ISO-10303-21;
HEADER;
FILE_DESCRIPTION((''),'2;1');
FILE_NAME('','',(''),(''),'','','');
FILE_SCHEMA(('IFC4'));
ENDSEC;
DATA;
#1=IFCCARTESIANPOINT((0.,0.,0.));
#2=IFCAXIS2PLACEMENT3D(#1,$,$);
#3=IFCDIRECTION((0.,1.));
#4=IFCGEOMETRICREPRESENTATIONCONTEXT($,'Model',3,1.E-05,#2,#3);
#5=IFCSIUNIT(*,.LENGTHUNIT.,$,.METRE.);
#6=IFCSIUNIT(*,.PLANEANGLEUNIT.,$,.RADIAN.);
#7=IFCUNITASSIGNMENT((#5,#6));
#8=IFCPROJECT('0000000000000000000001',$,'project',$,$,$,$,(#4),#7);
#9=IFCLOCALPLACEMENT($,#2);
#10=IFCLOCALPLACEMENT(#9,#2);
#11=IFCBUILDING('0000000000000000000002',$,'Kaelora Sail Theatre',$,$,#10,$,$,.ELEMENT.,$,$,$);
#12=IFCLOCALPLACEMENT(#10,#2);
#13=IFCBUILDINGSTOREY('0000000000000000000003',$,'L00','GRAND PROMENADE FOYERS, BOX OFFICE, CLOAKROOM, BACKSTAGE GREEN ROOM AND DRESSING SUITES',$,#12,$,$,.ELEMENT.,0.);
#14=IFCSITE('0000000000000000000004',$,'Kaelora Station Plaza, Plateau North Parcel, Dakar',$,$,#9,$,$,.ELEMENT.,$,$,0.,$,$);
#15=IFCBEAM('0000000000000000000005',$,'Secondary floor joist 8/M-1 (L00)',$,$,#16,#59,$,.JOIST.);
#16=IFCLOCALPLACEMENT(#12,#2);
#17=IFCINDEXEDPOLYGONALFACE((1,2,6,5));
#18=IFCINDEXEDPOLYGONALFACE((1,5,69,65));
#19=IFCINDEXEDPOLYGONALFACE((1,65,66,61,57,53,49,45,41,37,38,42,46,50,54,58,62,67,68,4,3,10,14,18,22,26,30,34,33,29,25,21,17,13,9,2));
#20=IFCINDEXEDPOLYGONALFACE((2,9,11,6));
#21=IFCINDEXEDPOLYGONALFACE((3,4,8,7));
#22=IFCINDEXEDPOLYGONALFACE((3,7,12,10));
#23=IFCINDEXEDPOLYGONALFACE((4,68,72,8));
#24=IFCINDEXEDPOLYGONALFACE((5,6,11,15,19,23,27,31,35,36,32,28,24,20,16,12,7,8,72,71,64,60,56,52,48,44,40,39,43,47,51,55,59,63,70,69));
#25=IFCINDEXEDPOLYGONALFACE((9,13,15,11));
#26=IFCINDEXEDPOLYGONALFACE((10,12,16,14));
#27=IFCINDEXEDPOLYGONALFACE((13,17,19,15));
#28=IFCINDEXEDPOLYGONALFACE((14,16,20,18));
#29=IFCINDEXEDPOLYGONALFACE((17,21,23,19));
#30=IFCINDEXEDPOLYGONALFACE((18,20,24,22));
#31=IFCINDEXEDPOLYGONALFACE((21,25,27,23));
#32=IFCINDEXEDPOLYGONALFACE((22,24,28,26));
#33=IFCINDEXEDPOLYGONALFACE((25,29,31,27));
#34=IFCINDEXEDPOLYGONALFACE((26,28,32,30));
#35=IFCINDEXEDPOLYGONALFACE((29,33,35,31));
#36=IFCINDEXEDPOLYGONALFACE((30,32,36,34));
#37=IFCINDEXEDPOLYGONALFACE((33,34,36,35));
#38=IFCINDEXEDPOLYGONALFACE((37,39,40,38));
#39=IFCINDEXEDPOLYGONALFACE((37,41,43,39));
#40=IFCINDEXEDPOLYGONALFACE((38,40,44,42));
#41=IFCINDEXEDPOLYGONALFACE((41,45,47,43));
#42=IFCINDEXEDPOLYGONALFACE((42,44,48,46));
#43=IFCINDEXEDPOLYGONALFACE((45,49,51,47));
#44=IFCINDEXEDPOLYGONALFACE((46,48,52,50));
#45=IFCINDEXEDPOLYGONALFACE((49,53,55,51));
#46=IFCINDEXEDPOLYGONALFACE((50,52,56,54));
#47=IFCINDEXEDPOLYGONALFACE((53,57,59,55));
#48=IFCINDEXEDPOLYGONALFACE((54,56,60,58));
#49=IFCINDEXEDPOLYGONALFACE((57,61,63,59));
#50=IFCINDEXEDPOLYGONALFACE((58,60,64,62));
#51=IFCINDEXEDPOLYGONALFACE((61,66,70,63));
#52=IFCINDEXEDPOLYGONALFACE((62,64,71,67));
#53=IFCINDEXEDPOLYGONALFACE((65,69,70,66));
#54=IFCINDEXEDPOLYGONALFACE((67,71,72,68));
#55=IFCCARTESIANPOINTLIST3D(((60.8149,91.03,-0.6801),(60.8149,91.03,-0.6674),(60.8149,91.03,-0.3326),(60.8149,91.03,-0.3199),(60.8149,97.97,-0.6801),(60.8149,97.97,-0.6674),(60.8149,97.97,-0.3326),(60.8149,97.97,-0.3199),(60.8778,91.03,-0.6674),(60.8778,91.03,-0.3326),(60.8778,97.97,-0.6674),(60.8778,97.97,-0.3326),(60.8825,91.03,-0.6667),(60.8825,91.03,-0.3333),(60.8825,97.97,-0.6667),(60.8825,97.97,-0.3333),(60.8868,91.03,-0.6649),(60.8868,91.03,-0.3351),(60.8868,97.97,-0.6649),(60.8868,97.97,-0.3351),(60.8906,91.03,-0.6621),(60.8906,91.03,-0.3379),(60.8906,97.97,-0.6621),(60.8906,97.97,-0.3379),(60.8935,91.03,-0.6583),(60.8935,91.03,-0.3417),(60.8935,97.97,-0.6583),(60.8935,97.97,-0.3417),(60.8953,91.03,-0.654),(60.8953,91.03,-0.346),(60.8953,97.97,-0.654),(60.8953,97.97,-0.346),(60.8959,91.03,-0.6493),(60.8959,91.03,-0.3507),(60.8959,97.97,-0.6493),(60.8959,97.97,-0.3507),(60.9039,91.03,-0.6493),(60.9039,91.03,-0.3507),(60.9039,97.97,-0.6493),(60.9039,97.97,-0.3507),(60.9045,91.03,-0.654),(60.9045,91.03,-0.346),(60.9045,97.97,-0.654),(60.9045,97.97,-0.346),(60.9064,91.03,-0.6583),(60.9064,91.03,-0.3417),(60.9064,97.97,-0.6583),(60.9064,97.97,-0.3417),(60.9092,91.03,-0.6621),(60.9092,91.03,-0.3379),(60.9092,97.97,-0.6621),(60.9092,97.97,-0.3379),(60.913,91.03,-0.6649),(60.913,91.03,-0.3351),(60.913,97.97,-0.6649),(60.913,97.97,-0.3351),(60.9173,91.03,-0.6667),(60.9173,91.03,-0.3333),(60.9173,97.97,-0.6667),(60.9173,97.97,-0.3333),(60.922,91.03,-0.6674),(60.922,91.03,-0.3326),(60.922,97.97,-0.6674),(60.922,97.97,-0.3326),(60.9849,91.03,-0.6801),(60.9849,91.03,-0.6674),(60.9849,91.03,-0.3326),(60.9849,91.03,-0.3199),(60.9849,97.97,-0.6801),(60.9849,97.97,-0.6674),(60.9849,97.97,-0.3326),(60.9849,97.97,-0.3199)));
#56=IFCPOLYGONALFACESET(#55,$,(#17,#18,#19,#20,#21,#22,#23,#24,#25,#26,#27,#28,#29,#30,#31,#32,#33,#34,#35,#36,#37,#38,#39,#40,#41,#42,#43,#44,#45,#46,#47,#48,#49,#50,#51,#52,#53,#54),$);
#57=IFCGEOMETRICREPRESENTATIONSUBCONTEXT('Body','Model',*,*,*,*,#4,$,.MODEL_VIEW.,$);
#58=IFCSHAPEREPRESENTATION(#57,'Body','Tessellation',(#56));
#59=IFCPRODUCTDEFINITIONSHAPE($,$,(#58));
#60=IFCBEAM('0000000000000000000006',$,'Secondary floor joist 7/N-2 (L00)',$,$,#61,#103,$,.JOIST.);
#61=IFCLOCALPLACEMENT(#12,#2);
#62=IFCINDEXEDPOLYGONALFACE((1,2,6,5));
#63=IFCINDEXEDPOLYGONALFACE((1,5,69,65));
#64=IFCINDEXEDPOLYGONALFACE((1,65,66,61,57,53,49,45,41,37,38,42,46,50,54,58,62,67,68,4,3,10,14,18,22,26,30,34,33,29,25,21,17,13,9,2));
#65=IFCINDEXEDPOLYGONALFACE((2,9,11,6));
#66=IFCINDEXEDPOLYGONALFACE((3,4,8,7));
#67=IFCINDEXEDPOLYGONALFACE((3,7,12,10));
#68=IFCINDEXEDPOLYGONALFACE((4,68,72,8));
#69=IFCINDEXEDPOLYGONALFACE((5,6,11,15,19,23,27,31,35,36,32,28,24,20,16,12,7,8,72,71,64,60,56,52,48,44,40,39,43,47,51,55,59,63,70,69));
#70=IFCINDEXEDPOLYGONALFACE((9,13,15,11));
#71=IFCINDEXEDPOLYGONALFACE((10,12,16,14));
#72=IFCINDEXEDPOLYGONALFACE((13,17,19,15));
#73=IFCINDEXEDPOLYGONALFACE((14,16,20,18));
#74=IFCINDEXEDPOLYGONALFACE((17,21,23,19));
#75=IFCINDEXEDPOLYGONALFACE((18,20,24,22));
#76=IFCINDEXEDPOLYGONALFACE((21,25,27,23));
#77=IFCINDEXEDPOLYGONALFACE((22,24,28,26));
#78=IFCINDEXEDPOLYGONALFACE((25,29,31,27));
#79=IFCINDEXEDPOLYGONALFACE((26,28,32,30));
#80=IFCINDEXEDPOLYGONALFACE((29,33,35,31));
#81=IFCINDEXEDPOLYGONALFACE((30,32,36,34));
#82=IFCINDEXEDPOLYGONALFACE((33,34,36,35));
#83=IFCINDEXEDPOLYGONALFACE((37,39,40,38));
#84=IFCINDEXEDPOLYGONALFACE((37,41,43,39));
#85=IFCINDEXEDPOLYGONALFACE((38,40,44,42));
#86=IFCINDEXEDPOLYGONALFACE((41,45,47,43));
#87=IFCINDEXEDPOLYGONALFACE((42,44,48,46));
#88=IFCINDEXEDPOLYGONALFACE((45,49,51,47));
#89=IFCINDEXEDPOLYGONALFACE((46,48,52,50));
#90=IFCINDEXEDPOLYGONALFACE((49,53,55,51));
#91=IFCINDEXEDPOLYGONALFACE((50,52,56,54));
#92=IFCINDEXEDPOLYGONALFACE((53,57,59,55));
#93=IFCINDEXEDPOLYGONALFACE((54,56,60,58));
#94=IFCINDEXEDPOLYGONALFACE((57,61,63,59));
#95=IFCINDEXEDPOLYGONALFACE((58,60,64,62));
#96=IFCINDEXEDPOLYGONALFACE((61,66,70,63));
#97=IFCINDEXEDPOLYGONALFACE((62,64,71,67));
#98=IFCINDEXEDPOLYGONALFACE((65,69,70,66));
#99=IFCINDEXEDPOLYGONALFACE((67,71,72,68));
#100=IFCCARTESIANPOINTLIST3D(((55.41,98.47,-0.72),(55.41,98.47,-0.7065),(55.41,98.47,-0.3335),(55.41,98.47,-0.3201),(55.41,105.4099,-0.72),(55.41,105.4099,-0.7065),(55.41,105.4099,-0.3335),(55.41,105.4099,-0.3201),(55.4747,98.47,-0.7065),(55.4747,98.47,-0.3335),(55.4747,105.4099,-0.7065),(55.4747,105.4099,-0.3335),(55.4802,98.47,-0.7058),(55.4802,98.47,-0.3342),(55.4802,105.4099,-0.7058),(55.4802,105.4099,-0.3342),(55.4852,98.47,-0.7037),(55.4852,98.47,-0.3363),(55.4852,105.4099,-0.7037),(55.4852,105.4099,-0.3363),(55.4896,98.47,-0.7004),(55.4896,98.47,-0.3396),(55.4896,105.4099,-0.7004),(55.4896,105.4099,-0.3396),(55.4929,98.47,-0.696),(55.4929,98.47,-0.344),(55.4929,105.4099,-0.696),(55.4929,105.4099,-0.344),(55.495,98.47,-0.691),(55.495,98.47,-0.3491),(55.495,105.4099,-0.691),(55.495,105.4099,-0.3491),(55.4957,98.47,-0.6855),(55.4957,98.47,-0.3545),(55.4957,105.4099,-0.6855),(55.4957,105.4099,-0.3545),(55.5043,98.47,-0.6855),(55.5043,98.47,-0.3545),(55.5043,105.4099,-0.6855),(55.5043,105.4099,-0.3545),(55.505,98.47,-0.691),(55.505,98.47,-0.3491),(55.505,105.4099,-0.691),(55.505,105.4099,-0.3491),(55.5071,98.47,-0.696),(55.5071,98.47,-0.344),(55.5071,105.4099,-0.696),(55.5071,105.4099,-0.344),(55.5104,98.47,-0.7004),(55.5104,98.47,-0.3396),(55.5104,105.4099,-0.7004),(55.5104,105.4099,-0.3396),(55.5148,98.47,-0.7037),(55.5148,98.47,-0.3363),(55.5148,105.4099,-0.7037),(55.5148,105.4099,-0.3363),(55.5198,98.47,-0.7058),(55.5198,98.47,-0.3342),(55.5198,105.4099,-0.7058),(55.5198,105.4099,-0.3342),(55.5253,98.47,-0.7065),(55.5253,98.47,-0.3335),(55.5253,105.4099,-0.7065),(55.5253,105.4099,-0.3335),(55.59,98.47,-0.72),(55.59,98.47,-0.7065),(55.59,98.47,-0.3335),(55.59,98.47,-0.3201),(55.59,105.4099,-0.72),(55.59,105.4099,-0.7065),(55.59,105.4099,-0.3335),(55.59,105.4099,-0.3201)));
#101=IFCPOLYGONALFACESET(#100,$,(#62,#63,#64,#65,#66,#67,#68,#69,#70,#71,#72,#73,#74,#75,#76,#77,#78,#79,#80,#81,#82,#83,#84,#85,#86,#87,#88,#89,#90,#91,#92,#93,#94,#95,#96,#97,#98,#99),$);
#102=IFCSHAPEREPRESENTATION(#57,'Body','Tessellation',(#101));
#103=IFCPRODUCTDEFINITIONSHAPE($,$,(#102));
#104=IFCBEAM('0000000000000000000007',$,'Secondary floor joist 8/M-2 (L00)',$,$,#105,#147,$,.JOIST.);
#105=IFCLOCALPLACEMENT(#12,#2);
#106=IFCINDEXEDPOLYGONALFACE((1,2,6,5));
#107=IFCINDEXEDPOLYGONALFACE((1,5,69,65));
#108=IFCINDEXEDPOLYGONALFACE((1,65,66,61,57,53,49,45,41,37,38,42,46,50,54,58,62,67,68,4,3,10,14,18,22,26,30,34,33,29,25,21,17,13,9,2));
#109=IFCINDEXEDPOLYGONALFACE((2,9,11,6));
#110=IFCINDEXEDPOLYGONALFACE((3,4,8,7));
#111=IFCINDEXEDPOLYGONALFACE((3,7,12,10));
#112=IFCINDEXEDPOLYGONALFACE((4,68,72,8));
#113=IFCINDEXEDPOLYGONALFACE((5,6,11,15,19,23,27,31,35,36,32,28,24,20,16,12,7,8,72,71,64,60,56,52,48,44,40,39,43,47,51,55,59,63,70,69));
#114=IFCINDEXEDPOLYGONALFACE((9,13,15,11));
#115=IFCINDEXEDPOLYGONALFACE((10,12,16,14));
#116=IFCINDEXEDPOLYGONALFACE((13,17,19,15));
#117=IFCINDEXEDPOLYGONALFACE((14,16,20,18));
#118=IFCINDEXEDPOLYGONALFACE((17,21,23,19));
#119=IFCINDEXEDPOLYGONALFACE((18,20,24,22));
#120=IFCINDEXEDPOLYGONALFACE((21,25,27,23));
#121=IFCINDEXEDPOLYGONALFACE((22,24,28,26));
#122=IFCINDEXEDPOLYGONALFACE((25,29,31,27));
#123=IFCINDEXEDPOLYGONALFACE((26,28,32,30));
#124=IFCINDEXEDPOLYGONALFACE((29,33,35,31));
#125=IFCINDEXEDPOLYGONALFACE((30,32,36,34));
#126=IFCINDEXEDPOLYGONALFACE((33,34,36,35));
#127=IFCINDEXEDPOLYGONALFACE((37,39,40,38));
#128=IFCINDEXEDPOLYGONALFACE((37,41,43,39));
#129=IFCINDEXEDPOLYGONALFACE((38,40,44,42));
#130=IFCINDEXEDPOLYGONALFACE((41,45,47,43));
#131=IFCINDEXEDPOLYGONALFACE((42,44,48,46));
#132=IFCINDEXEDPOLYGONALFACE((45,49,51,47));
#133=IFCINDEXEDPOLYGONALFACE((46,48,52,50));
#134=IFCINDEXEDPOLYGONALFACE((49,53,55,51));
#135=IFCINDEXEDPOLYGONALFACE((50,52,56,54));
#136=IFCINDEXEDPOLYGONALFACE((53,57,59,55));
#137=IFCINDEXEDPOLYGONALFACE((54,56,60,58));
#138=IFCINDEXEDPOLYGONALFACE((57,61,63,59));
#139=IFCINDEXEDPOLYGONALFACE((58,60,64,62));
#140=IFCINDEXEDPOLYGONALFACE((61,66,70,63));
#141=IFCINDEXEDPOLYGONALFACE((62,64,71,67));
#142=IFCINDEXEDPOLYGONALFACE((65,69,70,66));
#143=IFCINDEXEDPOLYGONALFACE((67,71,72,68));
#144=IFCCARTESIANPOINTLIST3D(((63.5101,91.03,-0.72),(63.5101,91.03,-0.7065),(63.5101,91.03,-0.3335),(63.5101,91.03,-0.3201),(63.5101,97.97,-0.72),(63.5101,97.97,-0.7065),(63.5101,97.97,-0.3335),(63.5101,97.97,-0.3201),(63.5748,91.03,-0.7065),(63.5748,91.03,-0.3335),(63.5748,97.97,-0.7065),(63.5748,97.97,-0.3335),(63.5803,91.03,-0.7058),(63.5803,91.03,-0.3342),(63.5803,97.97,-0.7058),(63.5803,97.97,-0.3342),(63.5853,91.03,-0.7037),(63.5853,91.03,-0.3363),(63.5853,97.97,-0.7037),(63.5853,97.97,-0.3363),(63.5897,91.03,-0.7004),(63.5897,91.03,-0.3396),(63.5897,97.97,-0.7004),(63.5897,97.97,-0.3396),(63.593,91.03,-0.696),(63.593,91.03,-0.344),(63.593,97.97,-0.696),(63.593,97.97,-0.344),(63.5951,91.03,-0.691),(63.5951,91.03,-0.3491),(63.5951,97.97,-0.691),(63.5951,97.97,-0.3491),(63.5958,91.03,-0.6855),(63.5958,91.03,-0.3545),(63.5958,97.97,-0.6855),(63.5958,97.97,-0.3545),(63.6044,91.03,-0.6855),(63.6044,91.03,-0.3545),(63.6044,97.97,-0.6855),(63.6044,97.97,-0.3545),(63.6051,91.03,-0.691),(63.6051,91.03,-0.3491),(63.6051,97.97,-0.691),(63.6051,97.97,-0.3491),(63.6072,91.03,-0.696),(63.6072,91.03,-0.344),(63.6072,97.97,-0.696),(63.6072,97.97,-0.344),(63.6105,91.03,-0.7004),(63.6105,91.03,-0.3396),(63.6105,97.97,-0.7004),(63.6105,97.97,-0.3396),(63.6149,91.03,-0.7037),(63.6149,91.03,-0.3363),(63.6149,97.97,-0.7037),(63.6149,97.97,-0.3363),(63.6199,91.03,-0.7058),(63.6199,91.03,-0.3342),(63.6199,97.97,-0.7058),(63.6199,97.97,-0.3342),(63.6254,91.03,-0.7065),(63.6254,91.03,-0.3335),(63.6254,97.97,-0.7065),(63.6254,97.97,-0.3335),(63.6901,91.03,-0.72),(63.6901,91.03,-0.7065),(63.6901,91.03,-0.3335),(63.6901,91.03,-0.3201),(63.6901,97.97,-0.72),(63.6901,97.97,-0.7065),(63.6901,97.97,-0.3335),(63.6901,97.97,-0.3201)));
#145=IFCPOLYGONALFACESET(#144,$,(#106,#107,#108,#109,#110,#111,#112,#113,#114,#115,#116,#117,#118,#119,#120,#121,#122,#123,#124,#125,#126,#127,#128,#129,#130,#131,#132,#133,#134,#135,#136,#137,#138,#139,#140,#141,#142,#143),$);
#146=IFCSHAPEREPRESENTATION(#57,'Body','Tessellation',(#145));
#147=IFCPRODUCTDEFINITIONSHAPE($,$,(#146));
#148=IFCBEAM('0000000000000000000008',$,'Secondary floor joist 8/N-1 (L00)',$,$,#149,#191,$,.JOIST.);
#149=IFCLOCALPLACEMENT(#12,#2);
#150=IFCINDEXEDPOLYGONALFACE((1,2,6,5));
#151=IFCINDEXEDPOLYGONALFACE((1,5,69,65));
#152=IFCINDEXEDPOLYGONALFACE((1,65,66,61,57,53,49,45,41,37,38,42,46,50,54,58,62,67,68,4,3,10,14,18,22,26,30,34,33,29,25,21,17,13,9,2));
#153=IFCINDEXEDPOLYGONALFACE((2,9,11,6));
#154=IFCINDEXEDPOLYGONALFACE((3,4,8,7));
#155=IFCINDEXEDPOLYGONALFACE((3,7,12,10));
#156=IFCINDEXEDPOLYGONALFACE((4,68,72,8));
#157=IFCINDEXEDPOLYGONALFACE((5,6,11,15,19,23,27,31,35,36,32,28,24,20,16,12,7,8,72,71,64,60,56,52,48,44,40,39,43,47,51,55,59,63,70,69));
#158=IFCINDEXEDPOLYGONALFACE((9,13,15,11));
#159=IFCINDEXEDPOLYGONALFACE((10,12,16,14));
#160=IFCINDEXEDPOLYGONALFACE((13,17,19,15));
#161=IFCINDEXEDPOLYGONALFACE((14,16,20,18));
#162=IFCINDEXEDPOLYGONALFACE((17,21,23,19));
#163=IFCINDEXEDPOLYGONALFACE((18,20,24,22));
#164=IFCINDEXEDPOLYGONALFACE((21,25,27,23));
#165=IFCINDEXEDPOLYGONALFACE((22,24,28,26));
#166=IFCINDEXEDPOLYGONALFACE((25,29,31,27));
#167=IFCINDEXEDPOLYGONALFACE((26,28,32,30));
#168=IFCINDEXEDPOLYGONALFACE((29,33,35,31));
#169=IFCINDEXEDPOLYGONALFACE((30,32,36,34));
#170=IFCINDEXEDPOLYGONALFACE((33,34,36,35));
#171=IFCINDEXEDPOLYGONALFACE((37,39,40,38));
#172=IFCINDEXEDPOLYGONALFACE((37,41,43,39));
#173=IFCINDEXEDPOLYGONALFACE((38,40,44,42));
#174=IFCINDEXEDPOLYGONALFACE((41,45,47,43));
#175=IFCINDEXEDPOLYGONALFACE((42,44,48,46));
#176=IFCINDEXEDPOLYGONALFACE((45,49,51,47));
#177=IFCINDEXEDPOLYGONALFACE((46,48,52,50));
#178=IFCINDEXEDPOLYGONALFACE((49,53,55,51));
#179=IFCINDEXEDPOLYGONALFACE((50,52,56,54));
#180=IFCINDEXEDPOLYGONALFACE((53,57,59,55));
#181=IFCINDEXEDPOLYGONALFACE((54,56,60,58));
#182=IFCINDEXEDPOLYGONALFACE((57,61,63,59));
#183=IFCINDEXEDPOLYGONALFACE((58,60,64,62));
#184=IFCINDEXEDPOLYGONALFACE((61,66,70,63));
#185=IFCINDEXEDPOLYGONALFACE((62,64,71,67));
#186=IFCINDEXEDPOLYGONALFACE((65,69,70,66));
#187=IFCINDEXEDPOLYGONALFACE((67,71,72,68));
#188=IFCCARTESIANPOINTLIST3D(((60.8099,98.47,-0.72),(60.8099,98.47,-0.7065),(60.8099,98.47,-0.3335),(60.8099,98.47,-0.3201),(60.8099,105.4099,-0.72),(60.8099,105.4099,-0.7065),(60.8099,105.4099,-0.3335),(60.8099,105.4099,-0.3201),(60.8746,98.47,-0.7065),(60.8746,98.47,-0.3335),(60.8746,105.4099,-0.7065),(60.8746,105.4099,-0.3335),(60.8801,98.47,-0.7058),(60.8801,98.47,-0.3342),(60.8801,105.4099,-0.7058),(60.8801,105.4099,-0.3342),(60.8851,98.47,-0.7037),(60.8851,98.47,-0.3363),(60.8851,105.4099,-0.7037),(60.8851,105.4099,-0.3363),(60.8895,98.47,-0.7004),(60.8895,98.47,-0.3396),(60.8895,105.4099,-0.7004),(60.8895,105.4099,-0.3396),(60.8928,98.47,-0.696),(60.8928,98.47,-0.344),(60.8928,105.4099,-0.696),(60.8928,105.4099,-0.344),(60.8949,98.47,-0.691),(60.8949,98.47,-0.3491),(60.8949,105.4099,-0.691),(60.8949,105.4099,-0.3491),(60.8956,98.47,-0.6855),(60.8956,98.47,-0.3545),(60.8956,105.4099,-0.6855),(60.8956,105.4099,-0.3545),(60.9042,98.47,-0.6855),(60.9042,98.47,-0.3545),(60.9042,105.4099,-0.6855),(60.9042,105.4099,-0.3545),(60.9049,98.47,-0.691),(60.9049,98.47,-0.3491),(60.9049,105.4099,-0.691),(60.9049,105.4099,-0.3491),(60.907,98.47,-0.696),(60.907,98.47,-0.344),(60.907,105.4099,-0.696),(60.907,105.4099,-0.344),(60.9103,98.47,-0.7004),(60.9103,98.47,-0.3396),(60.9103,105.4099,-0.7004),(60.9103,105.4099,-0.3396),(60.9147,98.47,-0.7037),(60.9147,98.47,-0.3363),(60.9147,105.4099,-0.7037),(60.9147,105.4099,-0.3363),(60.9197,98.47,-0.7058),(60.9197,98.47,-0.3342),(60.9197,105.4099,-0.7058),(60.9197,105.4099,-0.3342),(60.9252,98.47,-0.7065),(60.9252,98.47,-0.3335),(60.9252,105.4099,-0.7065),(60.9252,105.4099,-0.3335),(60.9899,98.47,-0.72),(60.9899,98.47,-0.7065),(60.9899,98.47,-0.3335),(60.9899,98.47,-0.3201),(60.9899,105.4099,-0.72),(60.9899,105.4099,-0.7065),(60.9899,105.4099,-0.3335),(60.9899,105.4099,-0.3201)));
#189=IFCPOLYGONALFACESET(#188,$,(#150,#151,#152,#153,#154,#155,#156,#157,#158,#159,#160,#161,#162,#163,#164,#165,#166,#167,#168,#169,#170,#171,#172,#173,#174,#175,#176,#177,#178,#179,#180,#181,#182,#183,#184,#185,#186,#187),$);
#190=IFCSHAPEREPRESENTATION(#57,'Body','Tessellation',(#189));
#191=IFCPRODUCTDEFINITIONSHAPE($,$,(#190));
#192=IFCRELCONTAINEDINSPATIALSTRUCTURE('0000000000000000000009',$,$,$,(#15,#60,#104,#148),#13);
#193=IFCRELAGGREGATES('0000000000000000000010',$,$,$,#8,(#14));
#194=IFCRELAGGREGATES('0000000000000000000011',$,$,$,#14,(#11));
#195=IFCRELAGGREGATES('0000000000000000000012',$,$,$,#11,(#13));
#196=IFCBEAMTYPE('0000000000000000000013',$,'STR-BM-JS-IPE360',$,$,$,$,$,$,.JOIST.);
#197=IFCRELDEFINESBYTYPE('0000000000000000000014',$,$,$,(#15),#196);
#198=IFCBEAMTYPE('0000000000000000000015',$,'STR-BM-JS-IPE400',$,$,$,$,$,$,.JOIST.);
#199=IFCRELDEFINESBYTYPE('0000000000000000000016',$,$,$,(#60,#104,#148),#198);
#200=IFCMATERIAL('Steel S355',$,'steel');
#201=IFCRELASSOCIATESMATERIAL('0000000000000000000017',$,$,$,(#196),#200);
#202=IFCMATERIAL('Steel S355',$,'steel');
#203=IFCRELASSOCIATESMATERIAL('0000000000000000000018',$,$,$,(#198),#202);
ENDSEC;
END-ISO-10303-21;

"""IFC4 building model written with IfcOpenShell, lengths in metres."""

from ifc_helpers import new_model, si_unit, direction, frame, origin, origin_2d, place, context, subcontext, project, spatial, i_section, extrude, material, material_profile, profile_set, type_object, element, save


model = new_model("IFC4")

# Units and contexts
model_context = context("Model", 3, precision=1e-05, world=origin(), true_north=direction((0.0, 1.0)))
body_context = subcontext(model_context, "Body", "Model", "MODEL_VIEW")
ifc_project = project(units=[si_unit("LENGTHUNIT", "METRE"), si_unit("PLANEANGLEUNIT", "RADIAN")], contexts=[model_context])

# Site, building, storey
site_placement = place(None, origin())
site = spatial("IfcSite", under=ifc_project, at=site_placement, Name="Kaelora Station Plaza, Plateau North Parcel, Dakar", CompositionType="ELEMENT", RefElevation=0.0)
building_placement = place(site_placement, origin())
building = spatial("IfcBuilding", under=site, at=building_placement, Name="Kaelora Sail Theatre", CompositionType="ELEMENT")
storey_placement = place(building_placement, origin())
storey = spatial("IfcBuildingStorey", under=building, at=storey_placement, Name="L00", Description="GRAND PROMENADE FOYERS, BOX OFFICE, CLOAKROOM, BACKSTAGE GREEN ROOM AND DRESSING SUITES", CompositionType="ELEMENT", Elevation=0.0)

# Beams
ifc_material_1 = material(Name="Steel S355", Category="steel")
ifc_material_profile_1 = material_profile(ifc_material_1, i_section(OverallWidth=0.1699, OverallDepth=0.3601, WebThickness=0.0081, FlangeThickness=0.0127, FilletRadius=0.0181, at=origin_2d()), Name="IPE 360")
ifc_profile_set_1 = profile_set([ifc_material_profile_1], Name="Steel S355")
beam_type_1 = type_object("IfcBeamType", Name="STR-BM-JS-IPE360", PredefinedType="JOIST", material=ifc_profile_set_1)
for number, where, z_axis, x_axis, name in (
    (1, (60.8999, 91.03, -0.5), (0.0, 1.0, 0.0), (-1.0, 0.0, 0.0), "Secondary floor joist 8/M-1 (L00)"),
):
    element("IfcBeam", number, at=place(storey_placement, frame(where, z_axis=z_axis, x_axis=x_axis)), inside=storey, type_object=beam_type_1, Name=name, PredefinedType="JOIST", context=body_context, shape_type="SweptSolid", body=[
        extrude(i_section(OverallWidth=0.1699, OverallDepth=0.3601, WebThickness=0.0081, FlangeThickness=0.0127, FilletRadius=0.0181, at=origin_2d()), origin(), (0.0, 0.0, 1.0), 6.9399),
    ])
ifc_material_2 = material(Name="Steel S355", Category="steel")
ifc_material_profile_2 = material_profile(ifc_material_2, i_section(OverallWidth=0.1799, OverallDepth=0.3999, WebThickness=0.0085, FlangeThickness=0.0134, FilletRadius=0.021, at=origin_2d()), Name="IPE 400")
ifc_profile_set_2 = profile_set([ifc_material_profile_2], Name="Steel S355")
beam_type_2 = type_object("IfcBeamType", Name="STR-BM-JS-IPE400", PredefinedType="JOIST", material=ifc_profile_set_2)
for number, where, z_axis, x_axis, name in (
    (2, (55.5, 98.47, -0.52), (0.0, 1.0, 0.0), (-1.0, 0.0, 0.0), "Secondary floor joist 7/N-2 (L00)"),
    (3, (63.6001, 91.03, -0.52), (0.0, 1.0, 0.0), (-1.0, 0.0, 0.0), "Secondary floor joist 8/M-2 (L00)"),
    (4, (60.8999, 98.47, -0.52), (0.0, 1.0, 0.0), (-1.0, 0.0, 0.0), "Secondary floor joist 8/N-1 (L00)"),
):
    element("IfcBeam", number, at=place(storey_placement, frame(where, z_axis=z_axis, x_axis=x_axis)), inside=storey, type_object=beam_type_2, Name=name, PredefinedType="JOIST", context=body_context, shape_type="SweptSolid", body=[
        extrude(i_section(OverallWidth=0.1799, OverallDepth=0.3999, WebThickness=0.0085, FlangeThickness=0.0134, FilletRadius=0.021, at=origin_2d()), origin(), (0.0, 0.0, 1.0), 6.9399),
    ])

save(model, "model.ifc")
